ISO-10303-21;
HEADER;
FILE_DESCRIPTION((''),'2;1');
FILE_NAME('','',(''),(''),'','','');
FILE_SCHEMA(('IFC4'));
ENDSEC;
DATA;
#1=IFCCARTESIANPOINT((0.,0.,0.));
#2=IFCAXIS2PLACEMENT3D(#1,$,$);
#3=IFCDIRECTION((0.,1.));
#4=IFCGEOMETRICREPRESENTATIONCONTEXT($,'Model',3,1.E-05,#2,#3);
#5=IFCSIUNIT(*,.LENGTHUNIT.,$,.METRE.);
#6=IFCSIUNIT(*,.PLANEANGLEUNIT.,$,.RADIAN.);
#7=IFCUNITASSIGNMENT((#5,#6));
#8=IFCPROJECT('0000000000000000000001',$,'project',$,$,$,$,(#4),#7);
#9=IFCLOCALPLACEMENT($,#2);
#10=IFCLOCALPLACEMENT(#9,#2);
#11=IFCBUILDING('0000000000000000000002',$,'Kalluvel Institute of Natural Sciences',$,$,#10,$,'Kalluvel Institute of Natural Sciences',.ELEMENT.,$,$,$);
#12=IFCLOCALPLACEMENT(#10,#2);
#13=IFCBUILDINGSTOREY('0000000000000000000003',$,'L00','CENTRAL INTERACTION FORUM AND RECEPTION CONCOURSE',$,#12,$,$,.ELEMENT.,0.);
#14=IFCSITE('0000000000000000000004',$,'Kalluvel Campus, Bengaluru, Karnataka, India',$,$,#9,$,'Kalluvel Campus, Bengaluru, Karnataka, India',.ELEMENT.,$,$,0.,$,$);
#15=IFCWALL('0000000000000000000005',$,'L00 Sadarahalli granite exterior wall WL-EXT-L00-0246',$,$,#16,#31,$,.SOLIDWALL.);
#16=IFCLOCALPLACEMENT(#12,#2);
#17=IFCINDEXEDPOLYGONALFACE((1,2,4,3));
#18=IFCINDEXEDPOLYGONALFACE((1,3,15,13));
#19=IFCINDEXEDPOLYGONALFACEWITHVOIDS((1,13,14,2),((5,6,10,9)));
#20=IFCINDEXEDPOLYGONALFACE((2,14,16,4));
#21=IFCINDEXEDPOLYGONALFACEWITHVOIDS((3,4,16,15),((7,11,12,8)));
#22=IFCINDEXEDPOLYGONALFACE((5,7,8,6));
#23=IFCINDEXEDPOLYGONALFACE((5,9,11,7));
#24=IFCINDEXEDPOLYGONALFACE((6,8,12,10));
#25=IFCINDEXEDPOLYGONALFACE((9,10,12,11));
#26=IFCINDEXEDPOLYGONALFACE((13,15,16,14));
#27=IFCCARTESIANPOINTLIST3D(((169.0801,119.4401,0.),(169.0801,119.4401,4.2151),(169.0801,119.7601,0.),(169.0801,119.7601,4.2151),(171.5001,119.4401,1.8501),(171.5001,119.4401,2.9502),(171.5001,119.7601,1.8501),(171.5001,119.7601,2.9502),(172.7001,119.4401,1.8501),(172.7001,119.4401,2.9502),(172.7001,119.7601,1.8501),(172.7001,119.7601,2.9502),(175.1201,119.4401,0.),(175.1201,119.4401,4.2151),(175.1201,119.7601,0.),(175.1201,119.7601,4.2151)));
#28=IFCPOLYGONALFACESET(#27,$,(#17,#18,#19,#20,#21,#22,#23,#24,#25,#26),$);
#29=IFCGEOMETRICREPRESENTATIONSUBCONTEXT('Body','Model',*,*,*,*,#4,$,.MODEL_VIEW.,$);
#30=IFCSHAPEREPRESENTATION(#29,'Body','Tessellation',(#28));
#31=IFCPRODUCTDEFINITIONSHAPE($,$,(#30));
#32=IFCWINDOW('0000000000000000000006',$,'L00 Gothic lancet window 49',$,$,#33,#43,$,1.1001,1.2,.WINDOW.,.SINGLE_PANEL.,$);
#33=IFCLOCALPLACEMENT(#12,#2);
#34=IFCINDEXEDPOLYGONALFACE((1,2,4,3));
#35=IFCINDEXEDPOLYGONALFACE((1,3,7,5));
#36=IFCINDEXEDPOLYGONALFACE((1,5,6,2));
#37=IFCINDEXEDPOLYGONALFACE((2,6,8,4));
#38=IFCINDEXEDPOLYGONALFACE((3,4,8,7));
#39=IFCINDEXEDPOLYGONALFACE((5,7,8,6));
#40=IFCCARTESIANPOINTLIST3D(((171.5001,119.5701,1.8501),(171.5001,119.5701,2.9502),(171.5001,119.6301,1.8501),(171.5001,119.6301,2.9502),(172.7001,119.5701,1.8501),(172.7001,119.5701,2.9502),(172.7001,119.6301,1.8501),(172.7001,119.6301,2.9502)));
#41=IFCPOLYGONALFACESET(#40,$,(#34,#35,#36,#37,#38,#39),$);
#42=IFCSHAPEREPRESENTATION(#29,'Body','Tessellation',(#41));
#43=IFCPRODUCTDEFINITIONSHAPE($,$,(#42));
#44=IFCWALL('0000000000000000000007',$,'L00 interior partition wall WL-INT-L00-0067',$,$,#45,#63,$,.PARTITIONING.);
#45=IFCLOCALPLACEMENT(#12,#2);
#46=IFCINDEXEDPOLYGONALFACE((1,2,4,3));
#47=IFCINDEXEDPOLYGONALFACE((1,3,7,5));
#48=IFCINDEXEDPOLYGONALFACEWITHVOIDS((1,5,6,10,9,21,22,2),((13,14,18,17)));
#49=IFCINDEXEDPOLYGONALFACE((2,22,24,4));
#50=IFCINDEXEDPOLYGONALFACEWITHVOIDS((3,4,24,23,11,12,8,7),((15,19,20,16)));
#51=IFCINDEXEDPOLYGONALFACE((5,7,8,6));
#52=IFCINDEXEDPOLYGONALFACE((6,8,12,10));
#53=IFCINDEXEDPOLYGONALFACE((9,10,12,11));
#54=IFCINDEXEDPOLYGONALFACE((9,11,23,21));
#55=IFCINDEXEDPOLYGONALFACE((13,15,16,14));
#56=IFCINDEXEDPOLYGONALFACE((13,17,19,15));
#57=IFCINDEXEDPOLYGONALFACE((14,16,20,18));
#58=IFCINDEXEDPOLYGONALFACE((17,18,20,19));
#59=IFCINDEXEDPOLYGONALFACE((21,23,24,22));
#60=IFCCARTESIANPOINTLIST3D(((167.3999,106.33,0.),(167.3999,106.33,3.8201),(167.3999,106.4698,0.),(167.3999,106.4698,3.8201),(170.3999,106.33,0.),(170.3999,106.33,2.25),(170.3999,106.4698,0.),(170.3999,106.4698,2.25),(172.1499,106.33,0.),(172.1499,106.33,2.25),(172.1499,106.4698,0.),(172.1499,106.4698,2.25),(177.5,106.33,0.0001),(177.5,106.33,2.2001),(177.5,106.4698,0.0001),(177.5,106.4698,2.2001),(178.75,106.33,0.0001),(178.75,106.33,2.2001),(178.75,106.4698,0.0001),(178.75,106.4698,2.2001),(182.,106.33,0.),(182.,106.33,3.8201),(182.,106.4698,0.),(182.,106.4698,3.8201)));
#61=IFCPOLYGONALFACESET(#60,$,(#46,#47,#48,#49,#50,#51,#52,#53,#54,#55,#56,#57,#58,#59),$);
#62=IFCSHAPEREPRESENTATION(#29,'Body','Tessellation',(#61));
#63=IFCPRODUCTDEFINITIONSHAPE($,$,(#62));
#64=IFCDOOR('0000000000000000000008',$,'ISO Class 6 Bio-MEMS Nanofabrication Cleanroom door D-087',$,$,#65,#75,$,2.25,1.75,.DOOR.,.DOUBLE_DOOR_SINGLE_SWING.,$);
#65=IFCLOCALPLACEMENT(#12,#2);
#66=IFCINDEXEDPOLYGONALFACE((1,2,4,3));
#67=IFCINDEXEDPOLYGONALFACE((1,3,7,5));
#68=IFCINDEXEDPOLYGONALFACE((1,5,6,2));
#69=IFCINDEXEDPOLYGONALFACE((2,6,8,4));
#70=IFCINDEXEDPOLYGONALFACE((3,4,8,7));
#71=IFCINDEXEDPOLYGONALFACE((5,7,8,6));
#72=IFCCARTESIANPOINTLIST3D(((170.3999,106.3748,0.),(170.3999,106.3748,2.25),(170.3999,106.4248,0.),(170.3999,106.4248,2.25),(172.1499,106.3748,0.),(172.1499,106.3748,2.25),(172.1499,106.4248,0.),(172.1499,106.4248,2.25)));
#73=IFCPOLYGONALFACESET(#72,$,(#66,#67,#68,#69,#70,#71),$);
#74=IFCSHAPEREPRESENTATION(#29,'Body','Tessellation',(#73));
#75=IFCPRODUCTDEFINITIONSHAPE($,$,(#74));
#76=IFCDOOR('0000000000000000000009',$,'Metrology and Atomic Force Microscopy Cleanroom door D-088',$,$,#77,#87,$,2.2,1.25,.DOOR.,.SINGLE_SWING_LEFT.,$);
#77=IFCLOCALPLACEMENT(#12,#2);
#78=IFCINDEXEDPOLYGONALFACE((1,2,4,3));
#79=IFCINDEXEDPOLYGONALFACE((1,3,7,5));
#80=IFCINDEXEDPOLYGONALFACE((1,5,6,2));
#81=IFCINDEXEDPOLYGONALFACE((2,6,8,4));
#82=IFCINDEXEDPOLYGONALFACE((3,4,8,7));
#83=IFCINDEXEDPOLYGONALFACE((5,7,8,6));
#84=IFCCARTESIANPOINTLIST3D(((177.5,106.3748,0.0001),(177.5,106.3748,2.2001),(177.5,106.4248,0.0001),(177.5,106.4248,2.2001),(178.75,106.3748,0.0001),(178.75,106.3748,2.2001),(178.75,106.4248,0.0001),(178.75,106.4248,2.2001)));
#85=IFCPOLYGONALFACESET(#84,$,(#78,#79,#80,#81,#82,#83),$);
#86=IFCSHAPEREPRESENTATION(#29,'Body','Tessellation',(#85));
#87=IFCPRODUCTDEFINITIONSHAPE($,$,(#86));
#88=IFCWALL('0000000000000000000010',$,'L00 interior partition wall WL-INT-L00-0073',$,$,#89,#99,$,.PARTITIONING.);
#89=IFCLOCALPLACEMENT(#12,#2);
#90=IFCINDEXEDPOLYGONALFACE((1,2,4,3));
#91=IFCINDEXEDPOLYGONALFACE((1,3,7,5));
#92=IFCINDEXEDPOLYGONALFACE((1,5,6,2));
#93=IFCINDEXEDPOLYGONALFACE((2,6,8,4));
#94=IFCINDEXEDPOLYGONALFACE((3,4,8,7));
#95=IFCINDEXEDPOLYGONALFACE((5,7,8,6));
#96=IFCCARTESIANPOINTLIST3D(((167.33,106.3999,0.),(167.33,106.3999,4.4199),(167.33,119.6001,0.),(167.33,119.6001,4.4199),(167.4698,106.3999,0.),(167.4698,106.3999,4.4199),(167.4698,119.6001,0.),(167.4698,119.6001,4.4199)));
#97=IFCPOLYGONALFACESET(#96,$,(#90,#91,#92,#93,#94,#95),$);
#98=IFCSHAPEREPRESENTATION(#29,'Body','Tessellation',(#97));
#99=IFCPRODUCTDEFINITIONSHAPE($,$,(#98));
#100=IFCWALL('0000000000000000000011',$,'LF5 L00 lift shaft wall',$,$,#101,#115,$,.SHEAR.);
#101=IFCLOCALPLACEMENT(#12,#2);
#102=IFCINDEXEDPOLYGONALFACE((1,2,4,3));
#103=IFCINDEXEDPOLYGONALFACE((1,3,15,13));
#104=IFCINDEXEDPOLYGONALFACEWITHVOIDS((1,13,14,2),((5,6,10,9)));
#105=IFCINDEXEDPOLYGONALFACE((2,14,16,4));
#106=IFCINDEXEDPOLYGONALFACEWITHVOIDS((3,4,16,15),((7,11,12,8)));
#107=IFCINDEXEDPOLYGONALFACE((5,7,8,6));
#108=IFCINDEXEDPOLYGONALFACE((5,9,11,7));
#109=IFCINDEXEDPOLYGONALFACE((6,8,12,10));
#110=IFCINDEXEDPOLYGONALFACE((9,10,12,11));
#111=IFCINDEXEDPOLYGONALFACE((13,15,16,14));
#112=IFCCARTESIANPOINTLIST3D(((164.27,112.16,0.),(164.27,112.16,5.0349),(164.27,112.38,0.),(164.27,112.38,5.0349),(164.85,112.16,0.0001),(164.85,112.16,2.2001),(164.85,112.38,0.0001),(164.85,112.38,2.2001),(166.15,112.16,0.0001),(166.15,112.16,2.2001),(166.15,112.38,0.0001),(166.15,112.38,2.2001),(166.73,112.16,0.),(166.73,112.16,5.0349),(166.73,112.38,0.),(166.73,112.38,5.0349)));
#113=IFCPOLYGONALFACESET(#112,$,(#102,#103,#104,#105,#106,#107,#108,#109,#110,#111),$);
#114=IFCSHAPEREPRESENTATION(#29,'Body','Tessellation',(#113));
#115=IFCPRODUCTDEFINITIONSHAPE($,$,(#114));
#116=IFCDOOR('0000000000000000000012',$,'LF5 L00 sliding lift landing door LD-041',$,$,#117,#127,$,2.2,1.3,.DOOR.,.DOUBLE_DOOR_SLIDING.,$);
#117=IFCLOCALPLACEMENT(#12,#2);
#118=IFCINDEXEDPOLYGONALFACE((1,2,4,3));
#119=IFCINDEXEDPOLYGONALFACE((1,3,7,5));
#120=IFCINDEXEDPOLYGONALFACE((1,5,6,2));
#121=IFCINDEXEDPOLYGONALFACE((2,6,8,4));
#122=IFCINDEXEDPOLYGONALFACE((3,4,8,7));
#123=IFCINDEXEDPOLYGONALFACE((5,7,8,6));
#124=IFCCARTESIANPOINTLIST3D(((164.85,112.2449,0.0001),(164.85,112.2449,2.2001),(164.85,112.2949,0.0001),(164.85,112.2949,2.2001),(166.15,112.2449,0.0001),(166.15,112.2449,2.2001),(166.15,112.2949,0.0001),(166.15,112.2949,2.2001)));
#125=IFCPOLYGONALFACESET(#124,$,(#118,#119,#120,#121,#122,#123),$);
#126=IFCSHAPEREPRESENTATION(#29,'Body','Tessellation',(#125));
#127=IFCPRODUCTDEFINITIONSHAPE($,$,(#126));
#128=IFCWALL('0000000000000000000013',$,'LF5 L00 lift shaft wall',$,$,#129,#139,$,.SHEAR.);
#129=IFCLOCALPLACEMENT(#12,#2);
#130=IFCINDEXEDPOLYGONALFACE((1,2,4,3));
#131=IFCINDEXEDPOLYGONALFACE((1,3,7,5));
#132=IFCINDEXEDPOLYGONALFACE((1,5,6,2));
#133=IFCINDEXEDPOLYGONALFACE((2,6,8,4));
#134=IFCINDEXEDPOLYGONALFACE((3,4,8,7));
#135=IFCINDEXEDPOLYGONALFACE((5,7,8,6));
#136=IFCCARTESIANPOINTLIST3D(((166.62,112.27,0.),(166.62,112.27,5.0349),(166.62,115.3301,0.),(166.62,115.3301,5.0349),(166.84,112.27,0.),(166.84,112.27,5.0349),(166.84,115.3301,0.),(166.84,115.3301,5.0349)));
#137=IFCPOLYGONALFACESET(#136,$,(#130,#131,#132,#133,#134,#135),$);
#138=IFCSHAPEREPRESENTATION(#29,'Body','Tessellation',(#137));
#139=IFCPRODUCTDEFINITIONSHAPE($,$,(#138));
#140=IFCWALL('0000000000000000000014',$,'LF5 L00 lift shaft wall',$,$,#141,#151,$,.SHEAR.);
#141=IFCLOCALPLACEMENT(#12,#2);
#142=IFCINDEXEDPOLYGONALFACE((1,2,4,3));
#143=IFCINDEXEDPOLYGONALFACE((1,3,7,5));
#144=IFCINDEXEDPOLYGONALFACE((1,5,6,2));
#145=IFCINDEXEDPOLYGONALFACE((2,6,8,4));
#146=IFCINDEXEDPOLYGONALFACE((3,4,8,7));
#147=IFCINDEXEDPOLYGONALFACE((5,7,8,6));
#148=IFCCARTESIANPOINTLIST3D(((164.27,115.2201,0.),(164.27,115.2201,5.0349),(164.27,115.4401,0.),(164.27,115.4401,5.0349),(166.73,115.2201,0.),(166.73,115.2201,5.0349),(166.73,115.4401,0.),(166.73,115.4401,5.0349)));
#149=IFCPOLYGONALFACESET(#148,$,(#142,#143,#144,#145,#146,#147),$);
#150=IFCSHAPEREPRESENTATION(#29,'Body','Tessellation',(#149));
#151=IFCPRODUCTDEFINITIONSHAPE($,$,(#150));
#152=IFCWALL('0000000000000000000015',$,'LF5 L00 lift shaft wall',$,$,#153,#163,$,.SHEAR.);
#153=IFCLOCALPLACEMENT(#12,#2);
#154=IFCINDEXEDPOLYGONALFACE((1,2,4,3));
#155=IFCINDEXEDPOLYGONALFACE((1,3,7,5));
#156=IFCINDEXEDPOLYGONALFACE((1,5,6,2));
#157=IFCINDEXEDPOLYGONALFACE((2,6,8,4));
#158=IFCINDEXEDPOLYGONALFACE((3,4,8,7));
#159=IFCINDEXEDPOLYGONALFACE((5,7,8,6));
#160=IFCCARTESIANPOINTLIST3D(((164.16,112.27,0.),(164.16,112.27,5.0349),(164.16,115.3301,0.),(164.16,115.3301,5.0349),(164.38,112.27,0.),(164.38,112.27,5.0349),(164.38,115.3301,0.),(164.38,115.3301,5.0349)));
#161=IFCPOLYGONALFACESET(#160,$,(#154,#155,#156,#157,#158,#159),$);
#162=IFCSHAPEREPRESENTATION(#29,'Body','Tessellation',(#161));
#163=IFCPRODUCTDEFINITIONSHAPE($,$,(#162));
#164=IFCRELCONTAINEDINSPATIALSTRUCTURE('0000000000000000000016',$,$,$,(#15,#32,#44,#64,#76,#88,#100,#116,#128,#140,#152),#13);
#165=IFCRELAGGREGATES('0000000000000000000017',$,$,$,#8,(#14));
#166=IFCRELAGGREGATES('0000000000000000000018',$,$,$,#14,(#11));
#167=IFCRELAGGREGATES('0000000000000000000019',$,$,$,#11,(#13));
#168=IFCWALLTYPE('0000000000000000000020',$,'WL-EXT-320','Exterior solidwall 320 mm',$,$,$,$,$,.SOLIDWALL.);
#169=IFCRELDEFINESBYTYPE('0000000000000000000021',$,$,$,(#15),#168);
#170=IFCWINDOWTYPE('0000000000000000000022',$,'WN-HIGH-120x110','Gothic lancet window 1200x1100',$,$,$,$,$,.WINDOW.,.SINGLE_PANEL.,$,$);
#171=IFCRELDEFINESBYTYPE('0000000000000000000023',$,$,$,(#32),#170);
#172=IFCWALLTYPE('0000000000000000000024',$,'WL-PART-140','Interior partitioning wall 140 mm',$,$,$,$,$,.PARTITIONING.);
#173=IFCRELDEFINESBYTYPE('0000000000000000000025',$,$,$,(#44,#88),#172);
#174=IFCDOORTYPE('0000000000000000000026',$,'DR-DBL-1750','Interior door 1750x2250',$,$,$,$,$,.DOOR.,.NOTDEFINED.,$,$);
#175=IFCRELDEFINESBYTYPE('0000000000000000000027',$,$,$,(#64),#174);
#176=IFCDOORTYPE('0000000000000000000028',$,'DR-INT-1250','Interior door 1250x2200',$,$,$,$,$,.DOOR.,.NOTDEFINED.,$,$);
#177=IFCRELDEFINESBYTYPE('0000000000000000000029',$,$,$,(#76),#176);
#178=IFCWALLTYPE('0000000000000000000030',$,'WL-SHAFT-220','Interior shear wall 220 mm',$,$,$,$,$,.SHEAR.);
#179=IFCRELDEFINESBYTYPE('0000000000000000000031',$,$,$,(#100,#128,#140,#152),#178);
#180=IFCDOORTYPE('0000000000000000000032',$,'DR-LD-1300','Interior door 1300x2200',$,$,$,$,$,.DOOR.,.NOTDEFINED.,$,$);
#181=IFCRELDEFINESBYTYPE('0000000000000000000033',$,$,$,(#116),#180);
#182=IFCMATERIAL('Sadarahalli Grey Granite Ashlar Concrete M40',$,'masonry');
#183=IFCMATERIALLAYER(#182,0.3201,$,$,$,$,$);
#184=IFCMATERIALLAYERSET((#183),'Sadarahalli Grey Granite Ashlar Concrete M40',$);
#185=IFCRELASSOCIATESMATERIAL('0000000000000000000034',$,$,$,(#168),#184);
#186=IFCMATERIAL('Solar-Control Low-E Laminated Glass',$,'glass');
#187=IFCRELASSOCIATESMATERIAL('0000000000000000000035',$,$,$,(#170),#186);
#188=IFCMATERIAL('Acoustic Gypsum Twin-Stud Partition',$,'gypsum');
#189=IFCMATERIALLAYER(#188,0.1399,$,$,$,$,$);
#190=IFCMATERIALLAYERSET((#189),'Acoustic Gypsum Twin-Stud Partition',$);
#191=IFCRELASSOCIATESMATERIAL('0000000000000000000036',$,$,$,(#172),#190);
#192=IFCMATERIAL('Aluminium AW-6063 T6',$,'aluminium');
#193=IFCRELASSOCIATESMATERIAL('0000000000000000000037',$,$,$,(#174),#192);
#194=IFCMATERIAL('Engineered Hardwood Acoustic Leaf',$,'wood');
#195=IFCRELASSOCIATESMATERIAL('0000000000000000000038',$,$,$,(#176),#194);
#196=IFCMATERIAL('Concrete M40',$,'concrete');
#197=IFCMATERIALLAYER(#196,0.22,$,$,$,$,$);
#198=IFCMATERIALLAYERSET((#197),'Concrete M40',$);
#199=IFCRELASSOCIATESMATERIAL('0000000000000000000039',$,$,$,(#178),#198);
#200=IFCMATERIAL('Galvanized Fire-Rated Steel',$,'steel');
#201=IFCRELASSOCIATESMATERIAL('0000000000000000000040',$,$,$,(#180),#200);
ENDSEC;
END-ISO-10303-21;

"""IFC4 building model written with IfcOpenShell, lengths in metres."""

from ifc_helpers import new_model, si_unit, direction, frame, frame_2d, origin, place, context, subcontext, project, spatial, rectangle, extrude, material, layer, layer_set, type_object, element, fill, save


model = new_model("IFC4")

# Units and contexts
model_context = context("Model", 3, precision=1e-05, world=origin(), true_north=direction((0.0, 1.0)))
body_context = subcontext(model_context, "Body", "Model", "MODEL_VIEW")
ifc_project = project(units=[si_unit("LENGTHUNIT", "METRE"), si_unit("PLANEANGLEUNIT", "RADIAN")], contexts=[model_context])

# Site, building, storey
site_placement = place(None, origin())
site = spatial("IfcSite", under=ifc_project, at=site_placement, Name="Kalluvel Campus, Bengaluru, Karnataka, India", LongName="Kalluvel Campus, Bengaluru, Karnataka, India", CompositionType="ELEMENT", RefElevation=0.0)
building_placement = place(site_placement, origin())
building = spatial("IfcBuilding", under=site, at=building_placement, Name="Kalluvel Institute of Natural Sciences", LongName="Kalluvel Institute of Natural Sciences", CompositionType="ELEMENT")
storey_placement = place(building_placement, origin())
storey = spatial("IfcBuildingStorey", under=building, at=storey_placement, Name="L00", Description="CENTRAL INTERACTION FORUM AND RECEPTION CONCOURSE", CompositionType="ELEMENT", Elevation=0.0)

# Shared definitions
ifc_material_1 = material(Name="Concrete M40", Category="concrete")

# Shared definitions
ifc_material_2 = material(Name="Sadarahalli Grey Granite Ashlar Concrete M40", Category="masonry")
ifc_layer_1 = layer(ifc_material_2, 0.3201)
ifc_layer_set_1 = layer_set([ifc_layer_1], Name="Sadarahalli Grey Granite Ashlar Concrete M40")
wall_type_1 = type_object("IfcWallType", Name="WL-EXT-320", Description="Exterior solidwall 320 mm", PredefinedType="SOLIDWALL", material=ifc_layer_set_1)

# Wall, opening, window
wall_1_placement = place(storey_placement, frame((169.0801, 119.6001, 0.0), z_axis=(0.0, 0.0, 1.0), x_axis=(1.0, 0.0, 0.0)))
wall_1 = element("IfcWall", 1, at=wall_1_placement, inside=storey, type_object=wall_type_1, Name="L00 Sadarahalli granite exterior wall WL-EXT-L00-0246", PredefinedType="SOLIDWALL", context=body_context, shape_type="SweptSolid", body=[
    extrude(rectangle(XDim=6.04, YDim=0.3201, at=frame_2d((3.02, 0.0))), origin(), (0.0, 0.0, 1.0), 4.2151),
])
opening_1_placement = place(wall_1_placement, frame((2.4199, 0.0, 1.8501)))
opening_1 = element("IfcOpeningElement", 2, at=opening_1_placement, cuts=wall_1, PredefinedType="OPENING", context=body_context, shape_type="SweptSolid", body=[
    extrude(rectangle(XDim=1.2, YDim=1.1001, at=frame_2d((0.6001, 0.55))), frame((0.0, 0.1699, 0.0), z_axis=(0.0, -1.0, 0.0), x_axis=(1.0, 0.0, 0.0)), (0.0, 0.0, 1.0), 0.3401),
])
ifc_material_3 = material(Name="Solar-Control Low-E Laminated Glass", Category="glass")
window_type = type_object("IfcWindowType", Name="WN-HIGH-120x110", Description="Gothic lancet window 1200x1100", PartitioningType="SINGLE_PANEL", PredefinedType="WINDOW", material=ifc_material_3)
window_placement = place(opening_1_placement, origin())
window = element("IfcWindow", 3, at=window_placement, inside=storey, type_object=window_type, Name="L00 Gothic lancet window 49", OverallHeight=1.1001, OverallWidth=1.2, PartitioningType="SINGLE_PANEL", PredefinedType="WINDOW", context=body_context, shape_type="SweptSolid", body=[
    extrude(rectangle(XDim=1.2, YDim=1.1001, at=frame_2d((0.6001, 0.55))), frame((0.0, 0.03, 0.0), z_axis=(0.0, -1.0, 0.0), x_axis=(1.0, 0.0, 0.0)), (0.0, 0.0, 1.0), 0.0601),
])
fill(opening_1, window)

# Wall, openings, doors
ifc_material_4 = material(Name="Acoustic Gypsum Twin-Stud Partition", Category="gypsum")
ifc_layer_2 = layer(ifc_material_4, 0.1399)
ifc_layer_set_2 = layer_set([ifc_layer_2], Name="Acoustic Gypsum Twin-Stud Partition")
wall_type_2 = type_object("IfcWallType", Name="WL-PART-140", Description="Interior partitioning wall 140 mm", PredefinedType="PARTITIONING", material=ifc_layer_set_2)
wall_2_placement = place(storey_placement, frame((167.3999, 106.3999, 0.0), z_axis=(0.0, 0.0, 1.0), x_axis=(1.0, 0.0, 0.0)))
wall_2 = element("IfcWall", 4, at=wall_2_placement, inside=storey, type_object=wall_type_2, Name="L00 interior partition wall WL-INT-L00-0067", PredefinedType="PARTITIONING", context=body_context, shape_type="SweptSolid", body=[
    extrude(rectangle(XDim=14.6001, YDim=0.1399, at=frame_2d((7.3, 0.0))), origin(), (0.0, 0.0, 1.0), 3.8201),
])
opening_2_placement = place(wall_2_placement, frame((3.0, 0.0, 0.0)))
opening_2 = element("IfcOpeningElement", 5, at=opening_2_placement, cuts=wall_2, PredefinedType="OPENING", context=body_context, shape_type="SweptSolid", body=[
    extrude(rectangle(XDim=1.75, YDim=2.25, at=frame_2d((0.875, 1.125))), frame((0.0, 0.0798, 0.0), z_axis=(0.0, -1.0, 0.0), x_axis=(1.0, 0.0, 0.0)), (0.0, 0.0, 1.0), 0.1599),
])
opening_3_placement = place(wall_2_placement, frame((10.1001, 0.0, 0.0)))
opening_3 = element("IfcOpeningElement", 6, at=opening_3_placement, cuts=wall_2, PredefinedType="OPENING", context=body_context, shape_type="SweptSolid", body=[
    extrude(rectangle(XDim=1.25, YDim=2.2, at=frame_2d((0.625, 1.1001))), frame((0.0, 0.0798, 0.0), z_axis=(0.0, -1.0, 0.0), x_axis=(1.0, 0.0, 0.0)), (0.0, 0.0, 1.0), 0.1599),
])
ifc_material_5 = material(Name="Aluminium AW-6063 T6", Category="aluminium")
door_type_1 = type_object("IfcDoorType", Name="DR-DBL-1750", Description="Interior door 1750x2250", OperationType="NOTDEFINED", PredefinedType="DOOR", material=ifc_material_5)
door_1_placement = place(opening_2_placement, origin())
door_1 = element("IfcDoor", 7, at=door_1_placement, inside=storey, type_object=door_type_1, Name="ISO Class 6 Bio-MEMS Nanofabrication Cleanroom door D-087", OperationType="DOUBLE_DOOR_SINGLE_SWING", OverallHeight=2.25, OverallWidth=1.75, PredefinedType="DOOR", context=body_context, shape_type="SweptSolid", body=[
    extrude(rectangle(XDim=1.75, YDim=2.25, at=frame_2d((0.875, 1.125))), frame((0.0, 0.0249, 0.0), z_axis=(0.0, -1.0, 0.0), x_axis=(1.0, 0.0, 0.0)), (0.0, 0.0, 1.0), 0.05),
])
fill(opening_2, door_1)
ifc_material_6 = material(Name="Engineered Hardwood Acoustic Leaf", Category="wood")
door_type_2 = type_object("IfcDoorType", Name="DR-INT-1250", Description="Interior door 1250x2200", OperationType="NOTDEFINED", PredefinedType="DOOR", material=ifc_material_6)
door_2_placement = place(opening_3_placement, origin())
door_2 = element("IfcDoor", 8, at=door_2_placement, inside=storey, type_object=door_type_2, Name="Metrology and Atomic Force Microscopy Cleanroom door D-088", OperationType="SINGLE_SWING_LEFT", OverallHeight=2.2, OverallWidth=1.25, PredefinedType="DOOR", context=body_context, shape_type="SweptSolid", body=[
    extrude(rectangle(XDim=1.25, YDim=2.2, at=frame_2d((0.625, 1.1001))), frame((0.0, 0.0249, 0.0), z_axis=(0.0, -1.0, 0.0), x_axis=(1.0, 0.0, 0.0)), (0.0, 0.0, 1.0), 0.05),
])
fill(opening_3, door_2)

# Wall
wall_3_placement = place(storey_placement, frame((167.3999, 106.3999, 0.0), z_axis=(0.0, 0.0, 1.0), x_axis=(0.0, 1.0, 0.0)))
element("IfcWall", 9, at=wall_3_placement, inside=storey, type_object=wall_type_2, Name="L00 interior partition wall WL-INT-L00-0073", PredefinedType="PARTITIONING", context=body_context, shape_type="SweptSolid", body=[
    extrude(rectangle(XDim=13.2002, YDim=0.1399, at=frame_2d((6.6001, 0.0))), origin(), (0.0, 0.0, 1.0), 4.4199),
])

# Wall, opening, door
ifc_layer_3 = layer(ifc_material_1, 0.22)
ifc_layer_set_3 = layer_set([ifc_layer_3], Name="Concrete M40")
wall_type_3 = type_object("IfcWallType", Name="WL-SHAFT-220", Description="Interior shear wall 220 mm", PredefinedType="SHEAR", material=ifc_layer_set_3)
wall_4_placement = place(storey_placement, frame((164.27, 112.27, 0.0), z_axis=(0.0, 0.0, 1.0), x_axis=(1.0, 0.0, 0.0)))
wall_4 = element("IfcWall", 10, at=wall_4_placement, inside=storey, type_object=wall_type_3, Name="LF5 L00 lift shaft wall", PredefinedType="SHEAR", context=body_context, shape_type="SweptSolid", body=[
    extrude(rectangle(XDim=2.46, YDim=0.22, at=frame_2d((1.23, 0.0))), origin(), (0.0, 0.0, 1.0), 5.0349),
])
opening_4_placement = place(wall_4_placement, frame((0.5801, 0.0, 0.0)))
opening_4 = element("IfcOpeningElement", 11, at=opening_4_placement, cuts=wall_4, PredefinedType="OPENING", context=body_context, shape_type="SweptSolid", body=[
    extrude(rectangle(XDim=1.3, YDim=2.2, at=frame_2d((0.6499, 1.1001))), frame((0.0, 0.1199, 0.0), z_axis=(0.0, -1.0, 0.0), x_axis=(1.0, 0.0, 0.0)), (0.0, 0.0, 1.0), 0.24),
])
ifc_material_7 = material(Name="Galvanized Fire-Rated Steel", Category="steel")
door_type_3 = type_object("IfcDoorType", Name="DR-LD-1300", Description="Interior door 1300x2200", OperationType="NOTDEFINED", PredefinedType="DOOR", material=ifc_material_7)
door_3_placement = place(opening_4_placement, origin())
door_3 = element("IfcDoor", 12, at=door_3_placement, inside=storey, type_object=door_type_3, Name="LF5 L00 sliding lift landing door LD-041", OperationType="DOUBLE_DOOR_SLIDING", OverallHeight=2.2, OverallWidth=1.3, PredefinedType="DOOR", context=body_context, shape_type="SweptSolid", body=[
    extrude(rectangle(XDim=1.3, YDim=2.2, at=frame_2d((0.6499, 1.1001))), frame((0.0, 0.0249, 0.0), z_axis=(0.0, -1.0, 0.0), x_axis=(1.0, 0.0, 0.0)), (0.0, 0.0, 1.0), 0.05),
])
fill(opening_4, door_3)

# Walls
wall_5_placement = place(storey_placement, frame((166.73, 112.27, 0.0), z_axis=(0.0, 0.0, 1.0), x_axis=(0.0, 1.0, 0.0)))
element("IfcWall", 13, at=wall_5_placement, inside=storey, type_object=wall_type_3, Name="LF5 L00 lift shaft wall", PredefinedType="SHEAR", context=body_context, shape_type="SweptSolid", body=[
    extrude(rectangle(XDim=3.0601, YDim=0.22, at=frame_2d((1.53, 0.0))), origin(), (0.0, 0.0, 1.0), 5.0349),
])
wall_6_placement = place(storey_placement, frame((166.73, 115.3301, 0.0), z_axis=(0.0, 0.0, 1.0), x_axis=(-1.0, 0.0, 0.0)))
element("IfcWall", 14, at=wall_6_placement, inside=storey, type_object=wall_type_3, Name="LF5 L00 lift shaft wall", PredefinedType="SHEAR", context=body_context, shape_type="SweptSolid", body=[
    extrude(rectangle(XDim=2.46, YDim=0.22, at=frame_2d((1.23, 0.0))), origin(), (0.0, 0.0, 1.0), 5.0349),
])
wall_7_placement = place(storey_placement, frame((164.27, 115.3301, 0.0), z_axis=(0.0, 0.0, 1.0), x_axis=(0.0, -1.0, 0.0)))
element("IfcWall", 15, at=wall_7_placement, inside=storey, type_object=wall_type_3, Name="LF5 L00 lift shaft wall", PredefinedType="SHEAR", context=body_context, shape_type="SweptSolid", body=[
    extrude(rectangle(XDim=3.0601, YDim=0.22, at=frame_2d((1.53, 0.0))), origin(), (0.0, 0.0, 1.0), 5.0349),
])

save(model, "model.ifc")
